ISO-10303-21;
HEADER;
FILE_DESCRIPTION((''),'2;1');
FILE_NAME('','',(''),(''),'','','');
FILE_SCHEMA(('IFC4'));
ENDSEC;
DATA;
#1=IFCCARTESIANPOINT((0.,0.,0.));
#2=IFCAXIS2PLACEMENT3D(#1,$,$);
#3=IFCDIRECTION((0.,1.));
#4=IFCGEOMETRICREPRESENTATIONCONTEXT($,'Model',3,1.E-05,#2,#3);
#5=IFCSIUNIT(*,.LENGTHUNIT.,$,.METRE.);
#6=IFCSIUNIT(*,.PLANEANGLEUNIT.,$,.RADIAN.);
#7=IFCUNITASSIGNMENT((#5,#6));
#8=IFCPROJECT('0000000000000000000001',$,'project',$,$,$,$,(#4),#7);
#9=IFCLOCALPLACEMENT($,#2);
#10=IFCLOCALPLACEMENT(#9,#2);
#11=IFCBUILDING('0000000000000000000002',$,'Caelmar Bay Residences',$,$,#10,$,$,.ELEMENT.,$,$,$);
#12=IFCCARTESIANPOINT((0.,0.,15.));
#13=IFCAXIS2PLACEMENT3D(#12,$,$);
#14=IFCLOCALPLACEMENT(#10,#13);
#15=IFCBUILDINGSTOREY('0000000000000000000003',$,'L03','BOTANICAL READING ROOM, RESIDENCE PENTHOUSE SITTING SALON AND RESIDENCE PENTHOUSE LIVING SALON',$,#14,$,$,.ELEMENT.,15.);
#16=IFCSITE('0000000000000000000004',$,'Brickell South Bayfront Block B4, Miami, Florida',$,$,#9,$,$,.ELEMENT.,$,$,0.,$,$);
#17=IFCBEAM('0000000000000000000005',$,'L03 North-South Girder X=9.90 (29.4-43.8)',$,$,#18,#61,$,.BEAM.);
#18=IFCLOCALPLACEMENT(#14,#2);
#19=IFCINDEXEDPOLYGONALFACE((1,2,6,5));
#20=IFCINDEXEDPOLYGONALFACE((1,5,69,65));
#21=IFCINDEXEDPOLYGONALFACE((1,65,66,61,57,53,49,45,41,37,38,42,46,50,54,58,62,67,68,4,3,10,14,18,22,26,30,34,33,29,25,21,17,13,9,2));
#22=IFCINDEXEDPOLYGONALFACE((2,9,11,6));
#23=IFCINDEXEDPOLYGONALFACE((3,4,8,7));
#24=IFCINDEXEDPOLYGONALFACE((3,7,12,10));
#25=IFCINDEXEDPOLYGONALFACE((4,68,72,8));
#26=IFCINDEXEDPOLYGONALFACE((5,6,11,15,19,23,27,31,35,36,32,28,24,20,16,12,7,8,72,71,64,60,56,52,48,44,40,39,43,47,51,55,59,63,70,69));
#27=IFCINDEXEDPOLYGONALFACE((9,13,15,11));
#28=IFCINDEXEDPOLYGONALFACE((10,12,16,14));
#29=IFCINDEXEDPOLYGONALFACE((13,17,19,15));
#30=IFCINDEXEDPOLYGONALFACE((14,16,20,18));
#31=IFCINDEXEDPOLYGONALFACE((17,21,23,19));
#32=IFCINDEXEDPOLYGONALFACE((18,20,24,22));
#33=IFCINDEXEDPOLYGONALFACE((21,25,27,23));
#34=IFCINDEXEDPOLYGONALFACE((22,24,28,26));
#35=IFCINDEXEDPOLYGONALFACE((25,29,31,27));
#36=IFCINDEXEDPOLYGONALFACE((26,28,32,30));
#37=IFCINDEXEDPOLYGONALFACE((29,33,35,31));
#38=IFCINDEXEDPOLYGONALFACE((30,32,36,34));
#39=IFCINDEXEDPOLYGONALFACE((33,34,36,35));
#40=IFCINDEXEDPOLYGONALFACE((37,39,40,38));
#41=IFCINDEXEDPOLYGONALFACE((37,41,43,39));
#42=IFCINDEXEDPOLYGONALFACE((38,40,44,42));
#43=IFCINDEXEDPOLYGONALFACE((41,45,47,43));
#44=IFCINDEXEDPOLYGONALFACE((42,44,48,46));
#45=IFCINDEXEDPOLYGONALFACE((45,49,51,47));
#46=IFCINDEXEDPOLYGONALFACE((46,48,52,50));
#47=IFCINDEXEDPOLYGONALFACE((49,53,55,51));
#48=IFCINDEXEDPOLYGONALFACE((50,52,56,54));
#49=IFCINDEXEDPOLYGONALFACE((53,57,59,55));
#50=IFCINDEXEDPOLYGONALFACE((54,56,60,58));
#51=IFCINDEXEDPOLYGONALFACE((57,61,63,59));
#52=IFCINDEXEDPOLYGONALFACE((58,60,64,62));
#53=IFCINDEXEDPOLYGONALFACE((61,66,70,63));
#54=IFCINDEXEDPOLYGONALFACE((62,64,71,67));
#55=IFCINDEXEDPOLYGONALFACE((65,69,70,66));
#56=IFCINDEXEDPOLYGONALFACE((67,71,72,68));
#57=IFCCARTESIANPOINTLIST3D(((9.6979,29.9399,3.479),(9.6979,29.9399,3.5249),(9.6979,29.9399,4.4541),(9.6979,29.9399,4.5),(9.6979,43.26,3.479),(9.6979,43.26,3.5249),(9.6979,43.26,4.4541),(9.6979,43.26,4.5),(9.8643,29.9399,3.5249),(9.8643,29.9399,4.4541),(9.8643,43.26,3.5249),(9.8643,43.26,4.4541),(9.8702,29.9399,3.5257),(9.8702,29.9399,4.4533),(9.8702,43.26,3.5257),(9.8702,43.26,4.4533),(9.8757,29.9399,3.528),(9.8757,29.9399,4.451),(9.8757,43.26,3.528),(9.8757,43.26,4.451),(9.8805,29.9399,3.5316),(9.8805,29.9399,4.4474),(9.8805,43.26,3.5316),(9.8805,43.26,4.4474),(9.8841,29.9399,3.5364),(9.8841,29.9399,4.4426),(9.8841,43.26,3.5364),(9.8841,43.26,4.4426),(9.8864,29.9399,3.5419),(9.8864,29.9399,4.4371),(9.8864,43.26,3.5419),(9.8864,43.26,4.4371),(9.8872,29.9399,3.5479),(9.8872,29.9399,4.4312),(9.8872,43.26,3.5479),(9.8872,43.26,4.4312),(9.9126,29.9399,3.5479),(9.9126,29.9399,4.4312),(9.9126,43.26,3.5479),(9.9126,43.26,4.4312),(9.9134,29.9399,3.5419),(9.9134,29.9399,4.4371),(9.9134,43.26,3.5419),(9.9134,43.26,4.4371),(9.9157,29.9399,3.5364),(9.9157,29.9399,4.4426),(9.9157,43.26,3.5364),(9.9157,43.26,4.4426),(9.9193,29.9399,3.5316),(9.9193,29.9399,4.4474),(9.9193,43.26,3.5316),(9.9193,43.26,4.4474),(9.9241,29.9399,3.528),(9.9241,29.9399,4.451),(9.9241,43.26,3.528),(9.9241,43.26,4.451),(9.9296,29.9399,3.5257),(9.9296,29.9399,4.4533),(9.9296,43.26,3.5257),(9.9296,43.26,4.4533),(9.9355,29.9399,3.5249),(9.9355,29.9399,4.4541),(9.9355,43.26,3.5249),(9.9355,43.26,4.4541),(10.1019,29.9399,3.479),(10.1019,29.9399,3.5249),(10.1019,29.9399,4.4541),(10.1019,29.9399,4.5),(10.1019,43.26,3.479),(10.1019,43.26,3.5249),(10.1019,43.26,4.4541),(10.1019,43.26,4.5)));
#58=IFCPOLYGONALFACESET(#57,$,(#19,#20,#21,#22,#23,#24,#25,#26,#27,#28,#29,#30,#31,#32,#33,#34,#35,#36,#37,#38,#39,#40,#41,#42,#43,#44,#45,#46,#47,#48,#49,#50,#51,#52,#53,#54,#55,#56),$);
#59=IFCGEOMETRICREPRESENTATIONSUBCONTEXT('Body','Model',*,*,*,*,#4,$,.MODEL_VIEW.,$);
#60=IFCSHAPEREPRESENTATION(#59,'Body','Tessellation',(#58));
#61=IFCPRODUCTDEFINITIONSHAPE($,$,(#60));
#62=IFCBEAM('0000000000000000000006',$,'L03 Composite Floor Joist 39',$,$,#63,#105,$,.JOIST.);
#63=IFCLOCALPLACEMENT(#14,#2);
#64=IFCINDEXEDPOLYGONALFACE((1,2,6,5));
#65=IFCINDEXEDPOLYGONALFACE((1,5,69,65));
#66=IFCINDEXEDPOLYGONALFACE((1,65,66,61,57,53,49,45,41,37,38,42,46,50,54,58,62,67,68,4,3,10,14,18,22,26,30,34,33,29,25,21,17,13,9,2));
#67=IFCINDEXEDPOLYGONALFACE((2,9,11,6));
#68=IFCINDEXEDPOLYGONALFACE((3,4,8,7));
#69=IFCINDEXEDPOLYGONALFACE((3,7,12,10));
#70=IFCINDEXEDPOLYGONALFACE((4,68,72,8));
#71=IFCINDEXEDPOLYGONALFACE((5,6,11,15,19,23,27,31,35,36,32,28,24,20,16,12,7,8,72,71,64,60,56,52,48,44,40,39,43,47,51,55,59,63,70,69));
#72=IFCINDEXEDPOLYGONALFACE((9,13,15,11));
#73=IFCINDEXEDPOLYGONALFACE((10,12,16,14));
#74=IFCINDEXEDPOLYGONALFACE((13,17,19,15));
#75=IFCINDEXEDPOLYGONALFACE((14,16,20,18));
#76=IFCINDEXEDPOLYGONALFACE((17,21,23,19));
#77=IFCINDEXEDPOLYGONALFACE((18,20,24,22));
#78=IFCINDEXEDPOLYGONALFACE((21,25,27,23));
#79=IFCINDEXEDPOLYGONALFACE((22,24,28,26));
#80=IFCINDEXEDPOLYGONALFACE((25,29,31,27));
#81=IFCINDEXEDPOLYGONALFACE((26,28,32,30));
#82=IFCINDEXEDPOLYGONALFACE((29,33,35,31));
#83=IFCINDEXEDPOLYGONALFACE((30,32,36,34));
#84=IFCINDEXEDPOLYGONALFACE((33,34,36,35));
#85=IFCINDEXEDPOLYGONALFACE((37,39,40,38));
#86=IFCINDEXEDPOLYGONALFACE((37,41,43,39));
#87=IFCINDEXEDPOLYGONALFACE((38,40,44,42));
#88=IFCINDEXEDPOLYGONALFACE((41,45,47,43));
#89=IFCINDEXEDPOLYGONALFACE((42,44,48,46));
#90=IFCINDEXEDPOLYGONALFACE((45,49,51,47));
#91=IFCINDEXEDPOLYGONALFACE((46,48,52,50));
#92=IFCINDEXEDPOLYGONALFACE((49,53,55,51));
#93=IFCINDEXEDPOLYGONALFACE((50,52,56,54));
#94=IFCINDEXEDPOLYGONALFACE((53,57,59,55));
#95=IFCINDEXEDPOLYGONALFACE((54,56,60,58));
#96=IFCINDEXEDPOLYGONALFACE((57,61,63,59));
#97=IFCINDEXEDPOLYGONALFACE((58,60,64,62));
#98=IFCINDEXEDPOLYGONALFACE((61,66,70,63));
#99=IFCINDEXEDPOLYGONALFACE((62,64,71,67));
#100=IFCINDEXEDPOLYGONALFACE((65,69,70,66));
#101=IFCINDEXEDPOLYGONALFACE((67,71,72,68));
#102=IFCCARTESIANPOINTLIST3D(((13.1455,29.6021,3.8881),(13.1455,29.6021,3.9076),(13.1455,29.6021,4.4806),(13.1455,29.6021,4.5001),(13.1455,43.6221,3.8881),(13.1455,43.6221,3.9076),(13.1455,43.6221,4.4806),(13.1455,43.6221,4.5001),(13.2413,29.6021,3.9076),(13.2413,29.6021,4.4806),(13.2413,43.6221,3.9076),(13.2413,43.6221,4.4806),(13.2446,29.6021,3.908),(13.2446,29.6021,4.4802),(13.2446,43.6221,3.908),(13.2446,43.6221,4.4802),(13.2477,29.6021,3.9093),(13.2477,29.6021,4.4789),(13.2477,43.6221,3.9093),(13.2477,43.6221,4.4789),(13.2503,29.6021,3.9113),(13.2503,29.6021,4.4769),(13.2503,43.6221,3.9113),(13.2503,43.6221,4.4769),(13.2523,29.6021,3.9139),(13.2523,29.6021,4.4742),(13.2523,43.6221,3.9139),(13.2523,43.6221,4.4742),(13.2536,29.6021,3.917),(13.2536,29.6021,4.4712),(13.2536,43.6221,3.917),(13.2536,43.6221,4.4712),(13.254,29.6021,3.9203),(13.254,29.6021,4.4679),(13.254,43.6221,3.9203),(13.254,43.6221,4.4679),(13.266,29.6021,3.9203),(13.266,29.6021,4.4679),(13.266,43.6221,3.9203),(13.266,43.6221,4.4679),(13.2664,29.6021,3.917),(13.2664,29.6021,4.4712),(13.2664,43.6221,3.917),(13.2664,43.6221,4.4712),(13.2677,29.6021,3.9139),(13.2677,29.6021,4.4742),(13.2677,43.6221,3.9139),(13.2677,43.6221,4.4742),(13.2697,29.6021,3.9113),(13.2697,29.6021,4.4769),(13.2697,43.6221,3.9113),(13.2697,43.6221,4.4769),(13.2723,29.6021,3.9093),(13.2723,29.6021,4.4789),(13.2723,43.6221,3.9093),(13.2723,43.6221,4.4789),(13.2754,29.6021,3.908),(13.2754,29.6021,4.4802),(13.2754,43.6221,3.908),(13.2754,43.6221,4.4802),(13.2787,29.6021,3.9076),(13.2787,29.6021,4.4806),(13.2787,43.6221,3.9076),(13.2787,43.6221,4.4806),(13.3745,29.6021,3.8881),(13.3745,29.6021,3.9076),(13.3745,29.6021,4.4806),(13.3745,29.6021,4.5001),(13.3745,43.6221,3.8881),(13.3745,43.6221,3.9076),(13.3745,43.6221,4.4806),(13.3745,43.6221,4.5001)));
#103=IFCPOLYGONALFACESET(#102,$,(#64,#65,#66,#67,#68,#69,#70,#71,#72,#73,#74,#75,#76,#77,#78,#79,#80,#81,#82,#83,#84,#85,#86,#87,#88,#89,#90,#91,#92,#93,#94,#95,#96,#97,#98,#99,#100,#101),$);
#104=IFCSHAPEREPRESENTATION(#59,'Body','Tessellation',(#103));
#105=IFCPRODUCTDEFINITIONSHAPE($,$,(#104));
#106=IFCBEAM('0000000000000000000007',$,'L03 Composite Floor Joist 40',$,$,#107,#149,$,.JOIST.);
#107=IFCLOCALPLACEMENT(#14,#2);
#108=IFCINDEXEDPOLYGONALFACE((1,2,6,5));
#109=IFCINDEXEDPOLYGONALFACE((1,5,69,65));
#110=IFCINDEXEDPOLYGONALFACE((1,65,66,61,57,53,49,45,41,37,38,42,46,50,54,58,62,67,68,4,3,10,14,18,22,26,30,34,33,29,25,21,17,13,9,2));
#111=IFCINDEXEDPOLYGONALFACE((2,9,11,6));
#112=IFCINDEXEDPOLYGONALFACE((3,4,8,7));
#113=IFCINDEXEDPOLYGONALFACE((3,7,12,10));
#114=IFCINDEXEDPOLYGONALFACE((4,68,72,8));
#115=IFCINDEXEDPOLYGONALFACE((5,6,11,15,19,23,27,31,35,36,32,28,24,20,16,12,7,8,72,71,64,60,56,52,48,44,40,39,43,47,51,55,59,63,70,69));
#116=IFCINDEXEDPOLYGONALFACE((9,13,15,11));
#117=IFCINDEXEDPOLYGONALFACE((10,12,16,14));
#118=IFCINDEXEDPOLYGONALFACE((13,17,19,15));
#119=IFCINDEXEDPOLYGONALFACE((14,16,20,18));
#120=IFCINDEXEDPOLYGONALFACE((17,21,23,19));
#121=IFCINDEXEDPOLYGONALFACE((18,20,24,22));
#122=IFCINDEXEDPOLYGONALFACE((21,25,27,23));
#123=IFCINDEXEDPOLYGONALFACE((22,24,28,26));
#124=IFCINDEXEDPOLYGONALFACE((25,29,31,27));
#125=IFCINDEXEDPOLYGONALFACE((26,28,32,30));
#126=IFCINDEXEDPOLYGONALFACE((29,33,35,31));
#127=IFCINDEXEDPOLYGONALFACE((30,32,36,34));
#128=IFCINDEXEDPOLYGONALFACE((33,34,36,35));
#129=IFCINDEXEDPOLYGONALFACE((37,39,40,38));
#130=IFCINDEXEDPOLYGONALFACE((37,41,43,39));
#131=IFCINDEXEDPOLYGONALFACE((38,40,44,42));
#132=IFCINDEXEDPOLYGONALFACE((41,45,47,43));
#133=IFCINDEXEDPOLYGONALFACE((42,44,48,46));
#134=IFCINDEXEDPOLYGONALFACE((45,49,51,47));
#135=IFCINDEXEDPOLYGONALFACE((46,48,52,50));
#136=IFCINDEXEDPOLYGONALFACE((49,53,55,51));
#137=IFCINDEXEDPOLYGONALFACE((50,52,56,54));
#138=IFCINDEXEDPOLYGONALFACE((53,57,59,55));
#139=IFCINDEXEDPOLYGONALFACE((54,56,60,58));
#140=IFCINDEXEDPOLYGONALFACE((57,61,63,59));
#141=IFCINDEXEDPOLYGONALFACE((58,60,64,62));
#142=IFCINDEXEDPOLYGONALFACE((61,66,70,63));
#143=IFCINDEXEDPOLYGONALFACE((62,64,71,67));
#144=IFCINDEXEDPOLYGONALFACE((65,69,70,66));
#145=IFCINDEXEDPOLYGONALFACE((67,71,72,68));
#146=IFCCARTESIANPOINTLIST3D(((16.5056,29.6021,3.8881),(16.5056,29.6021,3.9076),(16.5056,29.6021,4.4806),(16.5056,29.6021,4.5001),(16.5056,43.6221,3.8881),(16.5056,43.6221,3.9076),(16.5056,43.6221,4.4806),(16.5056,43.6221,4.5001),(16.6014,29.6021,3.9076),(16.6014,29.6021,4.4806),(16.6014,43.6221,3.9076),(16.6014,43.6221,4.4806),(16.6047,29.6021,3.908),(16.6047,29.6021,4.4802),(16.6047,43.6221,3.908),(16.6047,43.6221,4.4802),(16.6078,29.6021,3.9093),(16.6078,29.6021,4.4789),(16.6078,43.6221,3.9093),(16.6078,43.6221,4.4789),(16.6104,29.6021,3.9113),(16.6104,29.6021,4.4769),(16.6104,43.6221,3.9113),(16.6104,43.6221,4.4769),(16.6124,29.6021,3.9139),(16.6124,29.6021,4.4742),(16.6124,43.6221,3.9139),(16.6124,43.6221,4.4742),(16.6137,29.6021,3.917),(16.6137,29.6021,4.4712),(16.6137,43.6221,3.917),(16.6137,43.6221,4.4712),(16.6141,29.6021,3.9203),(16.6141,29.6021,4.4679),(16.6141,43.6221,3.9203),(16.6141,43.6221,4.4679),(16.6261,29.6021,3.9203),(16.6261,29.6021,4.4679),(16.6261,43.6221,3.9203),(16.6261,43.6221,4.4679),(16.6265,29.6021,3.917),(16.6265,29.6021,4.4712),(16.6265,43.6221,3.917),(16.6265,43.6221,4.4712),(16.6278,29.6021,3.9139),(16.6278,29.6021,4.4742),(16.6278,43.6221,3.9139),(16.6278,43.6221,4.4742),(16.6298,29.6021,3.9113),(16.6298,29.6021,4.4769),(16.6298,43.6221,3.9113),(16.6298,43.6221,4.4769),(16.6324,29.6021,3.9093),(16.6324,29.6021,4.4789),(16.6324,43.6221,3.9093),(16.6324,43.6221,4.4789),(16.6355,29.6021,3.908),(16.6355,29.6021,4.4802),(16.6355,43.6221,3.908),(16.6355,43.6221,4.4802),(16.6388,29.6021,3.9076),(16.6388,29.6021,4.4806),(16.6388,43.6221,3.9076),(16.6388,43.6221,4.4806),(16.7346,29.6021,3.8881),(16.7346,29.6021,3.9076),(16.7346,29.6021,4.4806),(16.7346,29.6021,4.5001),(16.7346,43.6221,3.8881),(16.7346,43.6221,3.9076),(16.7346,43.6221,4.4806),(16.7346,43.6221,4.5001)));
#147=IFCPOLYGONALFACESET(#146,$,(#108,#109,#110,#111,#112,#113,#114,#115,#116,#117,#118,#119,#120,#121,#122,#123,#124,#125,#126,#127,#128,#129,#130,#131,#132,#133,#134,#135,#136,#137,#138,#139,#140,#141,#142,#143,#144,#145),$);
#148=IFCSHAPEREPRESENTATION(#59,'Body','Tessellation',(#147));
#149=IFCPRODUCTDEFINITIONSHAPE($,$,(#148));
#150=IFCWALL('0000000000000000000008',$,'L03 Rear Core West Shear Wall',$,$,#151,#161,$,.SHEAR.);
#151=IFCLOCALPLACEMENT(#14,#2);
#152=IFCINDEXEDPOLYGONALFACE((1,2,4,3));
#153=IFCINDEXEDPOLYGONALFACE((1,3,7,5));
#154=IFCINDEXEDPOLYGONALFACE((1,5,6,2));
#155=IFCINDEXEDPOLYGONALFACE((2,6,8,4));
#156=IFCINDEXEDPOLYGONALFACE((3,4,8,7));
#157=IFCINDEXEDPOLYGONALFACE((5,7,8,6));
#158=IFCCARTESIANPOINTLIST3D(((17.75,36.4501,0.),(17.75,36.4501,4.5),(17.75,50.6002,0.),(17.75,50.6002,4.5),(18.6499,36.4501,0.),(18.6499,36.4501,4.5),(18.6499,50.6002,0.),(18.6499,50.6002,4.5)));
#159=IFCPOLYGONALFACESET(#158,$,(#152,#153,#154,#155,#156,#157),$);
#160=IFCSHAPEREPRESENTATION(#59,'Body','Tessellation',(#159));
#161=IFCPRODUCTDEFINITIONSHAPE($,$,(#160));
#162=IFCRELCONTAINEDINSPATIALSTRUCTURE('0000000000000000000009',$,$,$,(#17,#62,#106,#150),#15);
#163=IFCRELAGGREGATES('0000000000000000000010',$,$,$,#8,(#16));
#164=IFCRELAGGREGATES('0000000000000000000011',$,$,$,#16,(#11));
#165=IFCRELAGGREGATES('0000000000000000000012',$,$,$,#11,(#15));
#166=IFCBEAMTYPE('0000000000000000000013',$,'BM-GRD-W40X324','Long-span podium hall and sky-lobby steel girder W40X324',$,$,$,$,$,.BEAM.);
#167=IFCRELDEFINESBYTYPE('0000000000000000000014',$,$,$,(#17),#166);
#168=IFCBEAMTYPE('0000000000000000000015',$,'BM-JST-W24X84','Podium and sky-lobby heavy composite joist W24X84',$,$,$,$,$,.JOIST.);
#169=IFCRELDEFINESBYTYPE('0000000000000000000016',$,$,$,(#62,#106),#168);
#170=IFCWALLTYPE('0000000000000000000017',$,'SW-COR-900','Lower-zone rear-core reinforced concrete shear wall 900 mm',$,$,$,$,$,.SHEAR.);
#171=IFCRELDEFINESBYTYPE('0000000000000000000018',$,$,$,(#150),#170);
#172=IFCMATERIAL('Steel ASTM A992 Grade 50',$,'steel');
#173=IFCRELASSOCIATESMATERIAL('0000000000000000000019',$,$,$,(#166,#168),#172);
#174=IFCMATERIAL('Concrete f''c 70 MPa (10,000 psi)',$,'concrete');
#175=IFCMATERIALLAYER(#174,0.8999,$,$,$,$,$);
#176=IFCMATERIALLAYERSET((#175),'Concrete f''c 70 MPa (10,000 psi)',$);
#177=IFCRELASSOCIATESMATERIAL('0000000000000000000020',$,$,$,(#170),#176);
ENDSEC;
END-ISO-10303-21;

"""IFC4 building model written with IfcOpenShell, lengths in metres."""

from ifc_helpers import new_model, si_unit, direction, frame, frame_2d, origin, origin_2d, place, context, subcontext, project, spatial, rectangle, i_section, extrude, material, layer, layer_set, material_profile, profile_set, type_object, element, save


model = new_model("IFC4")

# Units and contexts
model_context = context("Model", 3, precision=1e-05, world=origin(), true_north=direction((0.0, 1.0)))
body_context = subcontext(model_context, "Body", "Model", "MODEL_VIEW")
ifc_project = project(units=[si_unit("LENGTHUNIT", "METRE"), si_unit("PLANEANGLEUNIT", "RADIAN")], contexts=[model_context])

# Site, building, storey
site_placement = place(None, origin())
site = spatial("IfcSite", under=ifc_project, at=site_placement, Name="Brickell South Bayfront Block B4, Miami, Florida", CompositionType="ELEMENT", RefElevation=0.0)
building_placement = place(site_placement, origin())
building = spatial("IfcBuilding", under=site, at=building_placement, Name="Caelmar Bay Residences", CompositionType="ELEMENT")
storey_placement = place(building_placement, frame((0.0, 0.0, 15.0)))
storey = spatial("IfcBuildingStorey", under=building, at=storey_placement, Name="L03", Description="BOTANICAL READING ROOM, RESIDENCE PENTHOUSE SITTING SALON AND RESIDENCE PENTHOUSE LIVING SALON", CompositionType="ELEMENT", Elevation=15.0)

# Beams
ifc_material_1 = material(Name="Steel ASTM A992 Grade 50", Category="steel")
ifc_material_profile_1 = material_profile(ifc_material_1, i_section(OverallWidth=0.4041, OverallDepth=1.021, WebThickness=0.0254, FlangeThickness=0.0459, FilletRadius=0.0229, at=origin_2d()), Name="W40X324")
ifc_profile_set_1 = profile_set([ifc_material_profile_1], Name="Steel ASTM A992 Grade 50")
beam_type_1 = type_object("IfcBeamType", Name="BM-GRD-W40X324", Description="Long-span podium hall and sky-lobby steel girder W40X324", PredefinedType="BEAM", material=ifc_profile_set_1)
beam_placement = place(storey_placement, frame((9.8999, 29.9399, 3.9895), z_axis=(0.0, 1.0, 0.0), x_axis=(-1.0, 0.0, 0.0)))
element("IfcBeam", 1, at=beam_placement, inside=storey, type_object=beam_type_1, Name="L03 North-South Girder X=9.90 (29.4-43.8)", PredefinedType="BEAM", context=body_context, shape_type="SweptSolid", body=[
    extrude(i_section(OverallWidth=0.4041, OverallDepth=1.021, WebThickness=0.0254, FlangeThickness=0.0459, FilletRadius=0.0229, at=origin_2d()), origin(), (0.0, 0.0, 1.0), 13.3201),
])
ifc_material_profile_2 = material_profile(ifc_material_1, i_section(OverallWidth=0.229, OverallDepth=0.6121, WebThickness=0.012, FlangeThickness=0.0195, FilletRadius=0.0127, at=origin_2d()), Name="W24X84")
ifc_profile_set_2 = profile_set([ifc_material_profile_2], Name="Steel ASTM A992 Grade 50")
beam_type_2 = type_object("IfcBeamType", Name="BM-JST-W24X84", Description="Podium and sky-lobby heavy composite joist W24X84", PredefinedType="JOIST", material=ifc_profile_set_2)
for number, where, z_axis, x_axis, name in (
    (2, (13.26, 29.6021, 4.1941), (0.0, 1.0, 0.0), (-1.0, 0.0, 0.0), "L03 Composite Floor Joist 39"),
    (3, (16.6201, 29.6021, 4.1941), (0.0, 1.0, 0.0), (-1.0, 0.0, 0.0), "L03 Composite Floor Joist 40"),
):
    element("IfcBeam", number, at=place(storey_placement, frame(where, z_axis=z_axis, x_axis=x_axis)), inside=storey, type_object=beam_type_2, Name=name, PredefinedType="JOIST", context=body_context, shape_type="SweptSolid", body=[
        extrude(i_section(OverallWidth=0.229, OverallDepth=0.6121, WebThickness=0.012, FlangeThickness=0.0195, FilletRadius=0.0127, at=origin_2d()), origin(), (0.0, 0.0, 1.0), 14.02),
    ])

# Shared definitions
ifc_material_2 = material(Name="Concrete f'c 70 MPa (10,000 psi)", Category="concrete")
ifc_layer_1 = layer(ifc_material_2, 0.8999)
ifc_layer_set_1 = layer_set([ifc_layer_1], Name="Concrete f'c 70 MPa (10,000 psi)")
wall_type_1 = type_object("IfcWallType", Name="SW-COR-900", Description="Lower-zone rear-core reinforced concrete shear wall 900 mm", PredefinedType="SHEAR", material=ifc_layer_set_1)

# Wall
wall_1_placement = place(storey_placement, frame((18.2, 36.45, 0.0), z_axis=(0.0, 0.0, 1.0), x_axis=(0.0, 1.0, 0.0)))
element("IfcWall", 4, at=wall_1_placement, inside=storey, type_object=wall_type_1, Name="L03 Rear Core West Shear Wall", PredefinedType="SHEAR", context=body_context, shape_type="SweptSolid", body=[
    extrude(rectangle(XDim=14.1501, YDim=0.8999, at=frame_2d((7.0752, 0.0))), origin(), (0.0, 0.0, 1.0), 4.5),
])

save(model, "model.ifc")
